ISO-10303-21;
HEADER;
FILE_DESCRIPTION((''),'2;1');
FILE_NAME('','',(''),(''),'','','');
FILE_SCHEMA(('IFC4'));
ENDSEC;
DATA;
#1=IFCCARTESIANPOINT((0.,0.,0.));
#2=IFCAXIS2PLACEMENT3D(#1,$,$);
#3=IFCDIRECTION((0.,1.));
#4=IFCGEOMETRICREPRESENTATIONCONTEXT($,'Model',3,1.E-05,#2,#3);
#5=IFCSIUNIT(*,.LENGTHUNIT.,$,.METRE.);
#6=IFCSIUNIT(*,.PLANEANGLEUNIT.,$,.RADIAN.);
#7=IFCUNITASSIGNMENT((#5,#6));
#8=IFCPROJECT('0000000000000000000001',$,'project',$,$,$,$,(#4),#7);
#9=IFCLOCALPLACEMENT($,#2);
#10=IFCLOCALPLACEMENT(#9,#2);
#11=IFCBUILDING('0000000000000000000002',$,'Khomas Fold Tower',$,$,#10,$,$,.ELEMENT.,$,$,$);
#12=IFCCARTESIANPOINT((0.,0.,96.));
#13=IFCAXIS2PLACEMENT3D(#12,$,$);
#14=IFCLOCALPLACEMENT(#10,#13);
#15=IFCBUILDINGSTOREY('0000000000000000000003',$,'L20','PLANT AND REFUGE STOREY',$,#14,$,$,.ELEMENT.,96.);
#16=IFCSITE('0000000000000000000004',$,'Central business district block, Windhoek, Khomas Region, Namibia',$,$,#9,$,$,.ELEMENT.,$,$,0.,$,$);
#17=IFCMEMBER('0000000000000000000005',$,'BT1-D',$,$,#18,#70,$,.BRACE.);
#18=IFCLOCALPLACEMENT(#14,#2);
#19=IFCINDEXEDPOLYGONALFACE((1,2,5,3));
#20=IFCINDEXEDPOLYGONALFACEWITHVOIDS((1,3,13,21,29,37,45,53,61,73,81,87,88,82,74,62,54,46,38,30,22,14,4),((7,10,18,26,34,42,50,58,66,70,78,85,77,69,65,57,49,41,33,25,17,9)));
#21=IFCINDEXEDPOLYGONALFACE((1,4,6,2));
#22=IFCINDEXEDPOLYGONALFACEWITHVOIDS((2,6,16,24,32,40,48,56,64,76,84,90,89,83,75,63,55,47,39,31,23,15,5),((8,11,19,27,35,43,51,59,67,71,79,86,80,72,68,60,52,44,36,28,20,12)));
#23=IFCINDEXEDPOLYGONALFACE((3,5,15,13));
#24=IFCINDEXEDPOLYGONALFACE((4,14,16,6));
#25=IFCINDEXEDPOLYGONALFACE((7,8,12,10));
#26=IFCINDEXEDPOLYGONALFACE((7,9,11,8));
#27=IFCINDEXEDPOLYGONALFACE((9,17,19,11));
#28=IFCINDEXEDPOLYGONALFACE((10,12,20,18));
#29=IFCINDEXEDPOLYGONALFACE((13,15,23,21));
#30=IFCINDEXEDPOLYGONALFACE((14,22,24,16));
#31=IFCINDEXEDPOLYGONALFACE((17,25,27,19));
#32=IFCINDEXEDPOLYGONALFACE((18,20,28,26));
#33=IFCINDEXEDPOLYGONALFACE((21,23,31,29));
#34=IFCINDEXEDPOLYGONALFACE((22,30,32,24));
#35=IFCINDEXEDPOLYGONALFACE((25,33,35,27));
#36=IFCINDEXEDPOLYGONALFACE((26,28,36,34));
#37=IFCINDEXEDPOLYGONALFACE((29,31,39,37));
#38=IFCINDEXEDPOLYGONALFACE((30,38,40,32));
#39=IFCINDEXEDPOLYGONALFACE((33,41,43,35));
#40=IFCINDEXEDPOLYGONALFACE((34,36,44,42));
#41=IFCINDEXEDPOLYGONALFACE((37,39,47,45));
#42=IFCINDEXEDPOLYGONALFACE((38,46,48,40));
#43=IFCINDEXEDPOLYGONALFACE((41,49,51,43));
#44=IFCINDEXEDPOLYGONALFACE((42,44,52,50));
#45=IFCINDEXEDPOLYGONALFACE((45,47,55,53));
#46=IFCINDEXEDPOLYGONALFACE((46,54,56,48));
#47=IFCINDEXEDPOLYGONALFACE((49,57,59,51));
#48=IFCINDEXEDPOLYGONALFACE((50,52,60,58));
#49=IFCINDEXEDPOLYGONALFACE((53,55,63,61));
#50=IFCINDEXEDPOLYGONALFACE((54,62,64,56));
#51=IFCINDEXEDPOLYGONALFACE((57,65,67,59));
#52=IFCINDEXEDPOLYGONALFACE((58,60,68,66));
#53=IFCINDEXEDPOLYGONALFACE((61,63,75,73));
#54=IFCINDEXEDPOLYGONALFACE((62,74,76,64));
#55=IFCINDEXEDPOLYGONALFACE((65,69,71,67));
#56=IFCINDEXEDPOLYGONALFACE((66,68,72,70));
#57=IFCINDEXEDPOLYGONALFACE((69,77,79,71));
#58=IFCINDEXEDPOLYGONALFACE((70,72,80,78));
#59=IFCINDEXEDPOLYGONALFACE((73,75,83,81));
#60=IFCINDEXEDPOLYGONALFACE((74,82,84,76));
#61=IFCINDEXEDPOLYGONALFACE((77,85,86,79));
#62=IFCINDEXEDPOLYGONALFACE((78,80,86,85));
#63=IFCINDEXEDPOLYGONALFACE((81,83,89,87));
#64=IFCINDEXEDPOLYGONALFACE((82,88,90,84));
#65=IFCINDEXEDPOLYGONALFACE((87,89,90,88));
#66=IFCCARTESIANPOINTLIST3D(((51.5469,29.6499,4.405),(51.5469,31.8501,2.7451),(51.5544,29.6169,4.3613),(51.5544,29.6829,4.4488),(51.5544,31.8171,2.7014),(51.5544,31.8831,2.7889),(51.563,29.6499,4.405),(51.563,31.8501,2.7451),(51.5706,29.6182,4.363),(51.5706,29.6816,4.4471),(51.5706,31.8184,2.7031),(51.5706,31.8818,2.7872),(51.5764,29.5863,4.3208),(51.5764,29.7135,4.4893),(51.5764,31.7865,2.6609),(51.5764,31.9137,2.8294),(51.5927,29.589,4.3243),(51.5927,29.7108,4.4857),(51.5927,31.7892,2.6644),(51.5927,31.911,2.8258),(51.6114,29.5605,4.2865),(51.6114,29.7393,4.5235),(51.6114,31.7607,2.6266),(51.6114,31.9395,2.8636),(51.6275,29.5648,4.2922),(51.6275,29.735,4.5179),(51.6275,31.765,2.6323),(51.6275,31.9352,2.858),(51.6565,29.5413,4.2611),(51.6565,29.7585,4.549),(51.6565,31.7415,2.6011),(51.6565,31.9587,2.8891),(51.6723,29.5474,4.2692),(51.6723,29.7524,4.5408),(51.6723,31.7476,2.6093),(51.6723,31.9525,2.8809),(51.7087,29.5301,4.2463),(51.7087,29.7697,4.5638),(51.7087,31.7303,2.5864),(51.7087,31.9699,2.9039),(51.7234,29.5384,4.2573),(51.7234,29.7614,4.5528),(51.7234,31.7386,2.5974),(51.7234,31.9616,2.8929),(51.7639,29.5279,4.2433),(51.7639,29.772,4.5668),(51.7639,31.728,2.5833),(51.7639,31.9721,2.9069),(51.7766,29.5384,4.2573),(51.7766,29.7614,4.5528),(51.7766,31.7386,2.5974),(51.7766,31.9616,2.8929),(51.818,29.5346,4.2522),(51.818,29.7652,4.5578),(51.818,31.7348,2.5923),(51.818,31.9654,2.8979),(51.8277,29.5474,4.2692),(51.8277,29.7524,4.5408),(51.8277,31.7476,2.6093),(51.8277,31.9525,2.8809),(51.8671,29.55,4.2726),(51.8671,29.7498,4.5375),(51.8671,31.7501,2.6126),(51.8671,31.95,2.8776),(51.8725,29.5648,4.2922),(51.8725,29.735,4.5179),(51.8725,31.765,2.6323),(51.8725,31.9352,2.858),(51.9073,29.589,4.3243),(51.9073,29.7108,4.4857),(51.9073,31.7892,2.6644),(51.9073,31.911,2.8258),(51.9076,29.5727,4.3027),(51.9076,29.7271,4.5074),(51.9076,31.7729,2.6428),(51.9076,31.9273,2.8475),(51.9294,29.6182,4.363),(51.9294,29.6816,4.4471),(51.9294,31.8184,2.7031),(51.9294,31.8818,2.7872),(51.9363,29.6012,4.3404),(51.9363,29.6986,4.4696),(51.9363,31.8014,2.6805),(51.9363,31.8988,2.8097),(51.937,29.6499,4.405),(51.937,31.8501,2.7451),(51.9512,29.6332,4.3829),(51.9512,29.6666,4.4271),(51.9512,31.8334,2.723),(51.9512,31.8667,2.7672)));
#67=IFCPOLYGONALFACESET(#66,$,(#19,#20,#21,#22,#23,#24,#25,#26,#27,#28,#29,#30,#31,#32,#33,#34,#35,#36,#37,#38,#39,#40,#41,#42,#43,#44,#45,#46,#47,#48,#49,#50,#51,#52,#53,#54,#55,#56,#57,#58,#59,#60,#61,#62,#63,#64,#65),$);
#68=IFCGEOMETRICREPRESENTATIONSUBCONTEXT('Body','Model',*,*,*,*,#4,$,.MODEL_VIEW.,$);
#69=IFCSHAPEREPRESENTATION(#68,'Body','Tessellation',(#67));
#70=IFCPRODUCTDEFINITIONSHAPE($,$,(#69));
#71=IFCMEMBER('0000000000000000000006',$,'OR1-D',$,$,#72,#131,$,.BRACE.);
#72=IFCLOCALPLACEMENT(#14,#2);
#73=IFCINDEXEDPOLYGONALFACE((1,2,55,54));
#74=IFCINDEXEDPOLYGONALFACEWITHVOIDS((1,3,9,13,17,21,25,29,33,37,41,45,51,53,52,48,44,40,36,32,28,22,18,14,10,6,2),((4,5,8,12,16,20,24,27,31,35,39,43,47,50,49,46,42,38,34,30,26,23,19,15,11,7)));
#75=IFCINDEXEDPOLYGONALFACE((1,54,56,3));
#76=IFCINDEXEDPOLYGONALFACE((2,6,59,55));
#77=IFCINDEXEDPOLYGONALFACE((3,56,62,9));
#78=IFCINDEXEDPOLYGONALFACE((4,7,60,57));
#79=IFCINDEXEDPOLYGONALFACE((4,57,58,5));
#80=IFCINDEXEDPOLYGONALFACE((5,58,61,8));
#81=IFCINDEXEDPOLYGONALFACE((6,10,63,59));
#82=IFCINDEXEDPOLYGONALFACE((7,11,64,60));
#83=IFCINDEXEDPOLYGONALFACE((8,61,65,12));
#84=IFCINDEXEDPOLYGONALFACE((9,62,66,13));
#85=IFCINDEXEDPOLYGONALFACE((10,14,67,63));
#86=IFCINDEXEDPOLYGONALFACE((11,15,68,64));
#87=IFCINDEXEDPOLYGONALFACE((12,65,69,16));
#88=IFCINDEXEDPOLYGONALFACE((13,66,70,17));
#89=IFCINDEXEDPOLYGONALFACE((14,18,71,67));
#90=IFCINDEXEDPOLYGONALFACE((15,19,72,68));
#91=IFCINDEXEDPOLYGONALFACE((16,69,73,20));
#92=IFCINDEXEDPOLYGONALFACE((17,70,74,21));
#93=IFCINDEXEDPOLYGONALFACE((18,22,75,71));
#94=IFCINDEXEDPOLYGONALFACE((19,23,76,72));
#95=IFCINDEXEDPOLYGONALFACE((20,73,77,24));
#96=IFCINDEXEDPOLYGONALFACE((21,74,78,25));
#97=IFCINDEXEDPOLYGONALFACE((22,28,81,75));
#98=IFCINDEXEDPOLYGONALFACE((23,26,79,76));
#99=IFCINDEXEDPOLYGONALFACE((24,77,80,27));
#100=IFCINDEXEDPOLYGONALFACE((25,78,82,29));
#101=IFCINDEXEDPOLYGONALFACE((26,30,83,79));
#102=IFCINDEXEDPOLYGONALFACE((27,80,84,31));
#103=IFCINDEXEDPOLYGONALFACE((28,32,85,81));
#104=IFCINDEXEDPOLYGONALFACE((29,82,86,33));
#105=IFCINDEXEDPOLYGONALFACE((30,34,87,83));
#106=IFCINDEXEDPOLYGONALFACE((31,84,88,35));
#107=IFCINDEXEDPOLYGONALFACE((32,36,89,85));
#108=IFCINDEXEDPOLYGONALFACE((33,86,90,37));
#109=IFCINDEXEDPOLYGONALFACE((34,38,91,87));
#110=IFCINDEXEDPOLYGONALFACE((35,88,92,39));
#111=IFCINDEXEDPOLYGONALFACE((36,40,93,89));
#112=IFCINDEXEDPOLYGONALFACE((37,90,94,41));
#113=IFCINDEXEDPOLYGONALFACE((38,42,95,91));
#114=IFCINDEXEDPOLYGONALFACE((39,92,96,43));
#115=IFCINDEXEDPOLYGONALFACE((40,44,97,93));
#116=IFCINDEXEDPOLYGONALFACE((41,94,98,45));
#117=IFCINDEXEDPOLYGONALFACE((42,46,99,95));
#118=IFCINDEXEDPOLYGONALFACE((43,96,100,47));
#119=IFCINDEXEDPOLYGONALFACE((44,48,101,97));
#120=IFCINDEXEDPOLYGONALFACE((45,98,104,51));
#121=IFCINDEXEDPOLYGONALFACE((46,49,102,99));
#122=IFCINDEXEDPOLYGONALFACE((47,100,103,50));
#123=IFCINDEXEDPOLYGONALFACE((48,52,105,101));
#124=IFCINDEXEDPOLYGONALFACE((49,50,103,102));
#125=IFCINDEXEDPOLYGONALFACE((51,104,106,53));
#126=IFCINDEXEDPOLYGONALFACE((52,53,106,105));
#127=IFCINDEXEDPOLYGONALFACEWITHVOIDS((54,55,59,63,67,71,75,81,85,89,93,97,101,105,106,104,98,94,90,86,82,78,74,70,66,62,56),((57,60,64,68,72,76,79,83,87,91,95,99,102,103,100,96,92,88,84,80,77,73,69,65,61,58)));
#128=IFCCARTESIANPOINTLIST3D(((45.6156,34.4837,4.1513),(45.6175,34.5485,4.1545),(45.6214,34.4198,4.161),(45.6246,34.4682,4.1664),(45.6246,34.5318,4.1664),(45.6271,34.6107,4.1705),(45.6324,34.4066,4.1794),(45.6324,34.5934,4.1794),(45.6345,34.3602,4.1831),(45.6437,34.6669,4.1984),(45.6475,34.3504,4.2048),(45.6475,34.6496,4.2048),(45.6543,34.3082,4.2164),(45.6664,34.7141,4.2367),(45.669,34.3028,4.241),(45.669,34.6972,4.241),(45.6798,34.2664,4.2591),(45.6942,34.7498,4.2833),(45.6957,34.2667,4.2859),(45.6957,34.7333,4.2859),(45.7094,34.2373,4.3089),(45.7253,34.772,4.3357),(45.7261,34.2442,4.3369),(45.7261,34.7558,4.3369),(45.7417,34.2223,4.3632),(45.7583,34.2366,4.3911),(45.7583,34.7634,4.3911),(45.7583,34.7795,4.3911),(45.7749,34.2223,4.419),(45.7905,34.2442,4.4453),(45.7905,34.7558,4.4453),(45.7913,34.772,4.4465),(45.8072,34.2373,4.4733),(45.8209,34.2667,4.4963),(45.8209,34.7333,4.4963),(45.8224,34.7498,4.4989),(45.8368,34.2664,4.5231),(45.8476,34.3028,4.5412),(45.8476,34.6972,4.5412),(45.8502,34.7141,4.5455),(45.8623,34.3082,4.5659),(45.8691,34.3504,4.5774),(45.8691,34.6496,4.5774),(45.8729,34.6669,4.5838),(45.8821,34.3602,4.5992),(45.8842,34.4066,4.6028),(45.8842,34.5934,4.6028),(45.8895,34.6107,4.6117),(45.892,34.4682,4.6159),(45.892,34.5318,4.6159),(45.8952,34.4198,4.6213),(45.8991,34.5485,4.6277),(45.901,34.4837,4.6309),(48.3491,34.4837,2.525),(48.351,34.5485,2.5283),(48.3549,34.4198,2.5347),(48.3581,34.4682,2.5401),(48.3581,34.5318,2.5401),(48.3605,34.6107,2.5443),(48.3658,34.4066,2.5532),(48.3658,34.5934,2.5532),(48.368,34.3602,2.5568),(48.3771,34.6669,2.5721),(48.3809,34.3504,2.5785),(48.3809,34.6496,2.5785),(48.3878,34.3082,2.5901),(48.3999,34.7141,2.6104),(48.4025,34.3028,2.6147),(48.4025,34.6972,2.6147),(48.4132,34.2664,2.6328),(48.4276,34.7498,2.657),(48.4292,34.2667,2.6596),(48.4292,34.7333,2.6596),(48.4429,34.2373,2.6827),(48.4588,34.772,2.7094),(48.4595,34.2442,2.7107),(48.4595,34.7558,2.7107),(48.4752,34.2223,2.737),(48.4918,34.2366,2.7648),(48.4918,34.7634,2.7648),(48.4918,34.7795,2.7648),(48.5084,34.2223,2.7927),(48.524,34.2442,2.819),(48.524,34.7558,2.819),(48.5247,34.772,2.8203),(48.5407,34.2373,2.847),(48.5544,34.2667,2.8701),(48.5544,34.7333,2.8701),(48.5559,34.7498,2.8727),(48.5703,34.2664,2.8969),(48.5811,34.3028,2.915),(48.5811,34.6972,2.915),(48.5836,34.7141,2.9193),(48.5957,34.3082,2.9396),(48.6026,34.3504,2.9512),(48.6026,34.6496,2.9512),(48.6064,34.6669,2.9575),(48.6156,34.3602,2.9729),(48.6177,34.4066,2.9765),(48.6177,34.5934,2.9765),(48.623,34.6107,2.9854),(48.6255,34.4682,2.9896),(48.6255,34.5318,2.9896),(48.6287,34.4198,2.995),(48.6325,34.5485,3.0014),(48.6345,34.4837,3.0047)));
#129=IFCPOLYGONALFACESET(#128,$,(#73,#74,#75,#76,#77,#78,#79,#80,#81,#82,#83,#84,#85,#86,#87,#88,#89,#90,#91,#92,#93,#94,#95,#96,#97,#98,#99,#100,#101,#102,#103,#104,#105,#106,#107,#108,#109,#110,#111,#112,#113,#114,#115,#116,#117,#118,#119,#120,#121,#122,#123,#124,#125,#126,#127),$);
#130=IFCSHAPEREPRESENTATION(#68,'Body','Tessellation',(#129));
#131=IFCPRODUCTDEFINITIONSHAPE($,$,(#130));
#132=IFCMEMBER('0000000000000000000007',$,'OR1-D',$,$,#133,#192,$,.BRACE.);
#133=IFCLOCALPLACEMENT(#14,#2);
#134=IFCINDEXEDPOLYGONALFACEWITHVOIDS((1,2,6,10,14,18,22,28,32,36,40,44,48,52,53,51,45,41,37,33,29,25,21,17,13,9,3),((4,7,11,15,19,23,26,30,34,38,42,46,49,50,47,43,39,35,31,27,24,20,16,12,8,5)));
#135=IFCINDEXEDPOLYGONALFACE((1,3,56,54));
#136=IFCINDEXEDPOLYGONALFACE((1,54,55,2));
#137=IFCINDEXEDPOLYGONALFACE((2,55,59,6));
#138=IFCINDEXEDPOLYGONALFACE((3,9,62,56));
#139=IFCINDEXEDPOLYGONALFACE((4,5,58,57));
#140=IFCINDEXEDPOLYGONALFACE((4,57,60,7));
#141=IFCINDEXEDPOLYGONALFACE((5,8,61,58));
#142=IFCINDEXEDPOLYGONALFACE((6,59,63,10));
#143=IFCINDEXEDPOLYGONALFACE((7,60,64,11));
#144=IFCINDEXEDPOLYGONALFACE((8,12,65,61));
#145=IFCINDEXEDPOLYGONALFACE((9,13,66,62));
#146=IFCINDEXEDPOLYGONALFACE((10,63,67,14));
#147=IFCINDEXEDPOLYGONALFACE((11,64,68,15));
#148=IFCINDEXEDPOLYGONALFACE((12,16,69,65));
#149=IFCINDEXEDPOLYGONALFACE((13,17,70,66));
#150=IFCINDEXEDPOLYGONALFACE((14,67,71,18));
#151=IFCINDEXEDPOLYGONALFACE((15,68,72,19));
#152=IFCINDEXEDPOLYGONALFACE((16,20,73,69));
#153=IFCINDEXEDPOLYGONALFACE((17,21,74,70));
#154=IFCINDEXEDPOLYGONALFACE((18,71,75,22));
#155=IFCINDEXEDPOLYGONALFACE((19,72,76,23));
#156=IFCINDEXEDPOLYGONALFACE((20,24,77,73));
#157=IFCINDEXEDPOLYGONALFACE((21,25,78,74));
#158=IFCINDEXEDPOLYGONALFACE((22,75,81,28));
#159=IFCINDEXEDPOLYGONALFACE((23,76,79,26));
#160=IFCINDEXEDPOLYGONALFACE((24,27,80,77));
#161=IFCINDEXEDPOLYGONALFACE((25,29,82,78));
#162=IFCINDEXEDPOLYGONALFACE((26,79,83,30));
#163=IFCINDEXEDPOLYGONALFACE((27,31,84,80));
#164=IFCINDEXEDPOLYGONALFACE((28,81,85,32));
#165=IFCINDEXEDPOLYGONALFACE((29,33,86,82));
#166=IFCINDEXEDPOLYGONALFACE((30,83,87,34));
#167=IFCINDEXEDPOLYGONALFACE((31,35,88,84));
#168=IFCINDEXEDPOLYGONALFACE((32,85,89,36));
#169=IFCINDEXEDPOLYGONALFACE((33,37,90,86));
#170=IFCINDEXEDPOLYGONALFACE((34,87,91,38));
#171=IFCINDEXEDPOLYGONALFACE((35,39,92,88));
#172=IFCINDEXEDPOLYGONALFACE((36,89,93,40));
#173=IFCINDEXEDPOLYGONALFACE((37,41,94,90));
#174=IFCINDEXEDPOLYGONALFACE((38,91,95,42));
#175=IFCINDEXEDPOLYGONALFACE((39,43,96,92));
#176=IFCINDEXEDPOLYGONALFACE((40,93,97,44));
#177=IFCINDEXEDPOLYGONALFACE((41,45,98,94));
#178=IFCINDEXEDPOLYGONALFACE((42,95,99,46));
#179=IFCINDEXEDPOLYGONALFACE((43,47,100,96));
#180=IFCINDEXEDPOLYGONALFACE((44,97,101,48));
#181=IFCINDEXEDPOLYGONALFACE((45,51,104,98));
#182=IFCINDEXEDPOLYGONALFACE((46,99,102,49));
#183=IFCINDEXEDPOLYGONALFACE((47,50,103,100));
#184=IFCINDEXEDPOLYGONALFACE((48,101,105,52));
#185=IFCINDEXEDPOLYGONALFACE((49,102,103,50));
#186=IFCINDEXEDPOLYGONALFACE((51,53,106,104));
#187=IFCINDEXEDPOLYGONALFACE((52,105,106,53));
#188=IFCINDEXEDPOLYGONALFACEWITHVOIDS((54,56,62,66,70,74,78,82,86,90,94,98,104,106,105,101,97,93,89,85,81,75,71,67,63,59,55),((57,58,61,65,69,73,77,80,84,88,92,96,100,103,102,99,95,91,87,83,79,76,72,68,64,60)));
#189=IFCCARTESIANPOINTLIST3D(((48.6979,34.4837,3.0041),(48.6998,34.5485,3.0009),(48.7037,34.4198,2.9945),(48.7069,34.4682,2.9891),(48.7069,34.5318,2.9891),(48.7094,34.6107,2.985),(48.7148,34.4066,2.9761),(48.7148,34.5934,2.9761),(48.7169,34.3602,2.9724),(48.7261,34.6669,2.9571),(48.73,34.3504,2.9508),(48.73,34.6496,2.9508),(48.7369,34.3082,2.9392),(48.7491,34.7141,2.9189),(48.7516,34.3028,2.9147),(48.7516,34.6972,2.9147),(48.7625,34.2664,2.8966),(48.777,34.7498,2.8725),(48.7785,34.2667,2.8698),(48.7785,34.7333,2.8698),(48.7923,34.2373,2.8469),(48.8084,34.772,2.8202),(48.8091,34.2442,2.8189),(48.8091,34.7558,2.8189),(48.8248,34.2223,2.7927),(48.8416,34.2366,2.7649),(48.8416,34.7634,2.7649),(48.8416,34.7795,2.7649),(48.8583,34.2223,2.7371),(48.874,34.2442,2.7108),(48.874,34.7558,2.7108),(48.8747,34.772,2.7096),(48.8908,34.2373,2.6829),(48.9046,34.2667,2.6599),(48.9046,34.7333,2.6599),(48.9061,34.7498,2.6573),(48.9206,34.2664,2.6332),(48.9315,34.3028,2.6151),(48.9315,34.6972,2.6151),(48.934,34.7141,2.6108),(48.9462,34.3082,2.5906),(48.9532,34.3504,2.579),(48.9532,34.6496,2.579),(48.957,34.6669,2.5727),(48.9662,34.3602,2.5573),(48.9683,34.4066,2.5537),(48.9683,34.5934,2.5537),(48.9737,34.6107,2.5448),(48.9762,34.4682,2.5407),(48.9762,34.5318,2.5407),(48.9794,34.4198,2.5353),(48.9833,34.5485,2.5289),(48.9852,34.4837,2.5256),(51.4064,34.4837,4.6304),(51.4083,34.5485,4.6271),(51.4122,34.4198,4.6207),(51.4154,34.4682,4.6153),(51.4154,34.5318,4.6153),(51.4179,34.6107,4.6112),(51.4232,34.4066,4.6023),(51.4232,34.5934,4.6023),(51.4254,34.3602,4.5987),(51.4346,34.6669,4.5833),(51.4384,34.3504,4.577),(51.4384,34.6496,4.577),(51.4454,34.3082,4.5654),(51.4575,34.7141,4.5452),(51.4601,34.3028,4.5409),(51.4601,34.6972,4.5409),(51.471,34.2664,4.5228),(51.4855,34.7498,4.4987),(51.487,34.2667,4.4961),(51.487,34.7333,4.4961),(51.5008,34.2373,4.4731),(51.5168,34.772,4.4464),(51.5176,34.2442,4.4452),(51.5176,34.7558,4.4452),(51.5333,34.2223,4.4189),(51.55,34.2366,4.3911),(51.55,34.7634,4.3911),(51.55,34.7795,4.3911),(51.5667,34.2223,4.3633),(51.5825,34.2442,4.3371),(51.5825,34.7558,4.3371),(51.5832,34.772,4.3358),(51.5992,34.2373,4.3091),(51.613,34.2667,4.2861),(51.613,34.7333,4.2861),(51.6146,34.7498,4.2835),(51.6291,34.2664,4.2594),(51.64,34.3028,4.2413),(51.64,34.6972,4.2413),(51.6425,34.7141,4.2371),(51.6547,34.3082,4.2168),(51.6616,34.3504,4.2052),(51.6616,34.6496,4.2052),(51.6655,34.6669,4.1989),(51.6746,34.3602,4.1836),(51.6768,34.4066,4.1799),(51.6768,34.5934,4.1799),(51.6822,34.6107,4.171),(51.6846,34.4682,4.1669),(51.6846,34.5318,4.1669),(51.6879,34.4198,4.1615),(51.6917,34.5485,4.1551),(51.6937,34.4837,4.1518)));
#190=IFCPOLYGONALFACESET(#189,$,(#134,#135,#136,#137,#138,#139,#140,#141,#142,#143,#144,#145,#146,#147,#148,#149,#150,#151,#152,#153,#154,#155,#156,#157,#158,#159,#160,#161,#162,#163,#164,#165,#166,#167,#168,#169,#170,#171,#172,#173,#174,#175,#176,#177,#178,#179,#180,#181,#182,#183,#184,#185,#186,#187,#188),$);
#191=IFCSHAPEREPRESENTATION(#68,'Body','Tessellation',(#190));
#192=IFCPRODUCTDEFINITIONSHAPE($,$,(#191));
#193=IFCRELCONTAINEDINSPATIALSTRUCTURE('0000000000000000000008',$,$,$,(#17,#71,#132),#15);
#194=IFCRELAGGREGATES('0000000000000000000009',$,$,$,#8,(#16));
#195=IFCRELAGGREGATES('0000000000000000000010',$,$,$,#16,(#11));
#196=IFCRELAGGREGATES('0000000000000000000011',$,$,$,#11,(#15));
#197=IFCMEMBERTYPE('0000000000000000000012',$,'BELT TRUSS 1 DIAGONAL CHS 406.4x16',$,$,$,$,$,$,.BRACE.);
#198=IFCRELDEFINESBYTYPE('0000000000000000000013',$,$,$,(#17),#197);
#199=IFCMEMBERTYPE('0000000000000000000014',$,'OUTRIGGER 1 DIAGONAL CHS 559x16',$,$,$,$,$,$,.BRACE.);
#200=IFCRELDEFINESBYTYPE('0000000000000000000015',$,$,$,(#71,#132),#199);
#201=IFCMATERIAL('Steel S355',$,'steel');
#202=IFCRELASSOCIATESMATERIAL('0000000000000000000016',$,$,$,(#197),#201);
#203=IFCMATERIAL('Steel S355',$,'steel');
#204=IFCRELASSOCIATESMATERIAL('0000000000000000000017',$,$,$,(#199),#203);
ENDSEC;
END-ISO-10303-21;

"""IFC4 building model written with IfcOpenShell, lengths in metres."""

from ifc_helpers import new_model, si_unit, direction, frame, origin, origin_2d, place, context, subcontext, project, spatial, hollow_circle, extrude, source, transform, mapped, material, material_profile, profile_set, type_object, element, save


model = new_model("IFC4")

# Units and contexts
model_context = context("Model", 3, precision=1e-05, world=origin(), true_north=direction((0.0, 1.0)))
body_context = subcontext(model_context, "Body", "Model", "MODEL_VIEW")
ifc_project = project(units=[si_unit("LENGTHUNIT", "METRE"), si_unit("PLANEANGLEUNIT", "RADIAN")], contexts=[model_context])

# Site, building, storey
site_placement = place(None, origin())
site = spatial("IfcSite", under=ifc_project, at=site_placement, Name="Central business district block, Windhoek, Khomas Region, Namibia", CompositionType="ELEMENT", RefElevation=0.0)
building_placement = place(site_placement, origin())
building = spatial("IfcBuilding", under=site, at=building_placement, Name="Khomas Fold Tower", CompositionType="ELEMENT")
storey_placement = place(building_placement, frame((0.0, 0.0, 96.0)))
storey = spatial("IfcBuildingStorey", under=building, at=storey_placement, Name="L20", Description="PLANT AND REFUGE STOREY", CompositionType="ELEMENT", Elevation=96.0)

# Members
ifc_material_1 = material(Name="Steel S355", Category="steel")
ifc_material_profile_1 = material_profile(ifc_material_1, hollow_circle(Radius=0.2031, WallThickness=0.0161, at=origin_2d()), Name="CHS 406.4x16")
ifc_profile_set_1 = profile_set([ifc_material_profile_1], Name="Steel S355")
member_type_1 = type_object("IfcMemberType", Name="BELT TRUSS 1 DIAGONAL CHS 406.4x16", PredefinedType="BRACE", material=ifc_profile_set_1)
shared_shape_1 = source(origin(), body_context, "Body", "SweptSolid", [
    extrude(hollow_circle(Radius=0.2031, WallThickness=0.0161, at=origin_2d()), origin(), (0.0, 0.0, 1.0), 2.7561),
])
member_1_placement = place(storey_placement, frame((51.75, 29.6499, 4.405), z_axis=(0.0, 0.798296, -0.602265), x_axis=(-1.0, 0.0, 0.0)))
element("IfcMember", 1, at=member_1_placement, inside=storey, type_object=member_type_1, Name="BT1-D", PredefinedType="BRACE", context=body_context, shape_type="MappedRepresentation", body=[
    mapped(shared_shape_1, transform((0.0, 0.0, 0.0))),
])
ifc_material_2 = material(Name="Steel S355", Category="steel")
ifc_material_profile_2 = material_profile(ifc_material_2, hollow_circle(Radius=0.2795, WallThickness=0.0161, at=origin_2d()), Name="CHS 559x16")
ifc_profile_set_2 = profile_set([ifc_material_profile_2], Name="Steel S355")
member_type_2 = type_object("IfcMemberType", Name="OUTRIGGER 1 DIAGONAL CHS 559x16", PredefinedType="BRACE", material=ifc_profile_set_2)
shared_shape_2 = source(origin(), body_context, "Body", "SweptSolid", [
    extrude(hollow_circle(Radius=0.2795, WallThickness=0.0161, at=origin_2d()), origin(), (0.0, 0.0, 1.0), 3.1807),
])
member_2_placement = place(storey_placement, frame((45.7583, 34.5, 4.3911), z_axis=(0.859404, 0.0, -0.511298), x_axis=(0.0, 1.0, 0.0)))
element("IfcMember", 2, at=member_2_placement, inside=storey, type_object=member_type_2, Name="OR1-D", PredefinedType="BRACE", context=body_context, shape_type="MappedRepresentation", body=[
    mapped(shared_shape_2, transform((0.0, 0.0, 0.0))),
])
shared_shape_3 = source(origin(), body_context, "Body", "SweptSolid", [
    extrude(hollow_circle(Radius=0.2795, WallThickness=0.0161, at=origin_2d()), origin(), (0.0, 0.0, 1.0), 3.1592),
])
member_3_placement = place(storey_placement, frame((48.8416, 34.5, 2.7649), z_axis=(0.857336, 0.0, 0.514757), x_axis=(0.0, 1.0, 0.0)))
element("IfcMember", 3, at=member_3_placement, inside=storey, type_object=member_type_2, Name="OR1-D", PredefinedType="BRACE", context=body_context, shape_type="MappedRepresentation", body=[
    mapped(shared_shape_3, transform((0.0, 0.0, 0.0))),
])

save(model, "model.ifc")
